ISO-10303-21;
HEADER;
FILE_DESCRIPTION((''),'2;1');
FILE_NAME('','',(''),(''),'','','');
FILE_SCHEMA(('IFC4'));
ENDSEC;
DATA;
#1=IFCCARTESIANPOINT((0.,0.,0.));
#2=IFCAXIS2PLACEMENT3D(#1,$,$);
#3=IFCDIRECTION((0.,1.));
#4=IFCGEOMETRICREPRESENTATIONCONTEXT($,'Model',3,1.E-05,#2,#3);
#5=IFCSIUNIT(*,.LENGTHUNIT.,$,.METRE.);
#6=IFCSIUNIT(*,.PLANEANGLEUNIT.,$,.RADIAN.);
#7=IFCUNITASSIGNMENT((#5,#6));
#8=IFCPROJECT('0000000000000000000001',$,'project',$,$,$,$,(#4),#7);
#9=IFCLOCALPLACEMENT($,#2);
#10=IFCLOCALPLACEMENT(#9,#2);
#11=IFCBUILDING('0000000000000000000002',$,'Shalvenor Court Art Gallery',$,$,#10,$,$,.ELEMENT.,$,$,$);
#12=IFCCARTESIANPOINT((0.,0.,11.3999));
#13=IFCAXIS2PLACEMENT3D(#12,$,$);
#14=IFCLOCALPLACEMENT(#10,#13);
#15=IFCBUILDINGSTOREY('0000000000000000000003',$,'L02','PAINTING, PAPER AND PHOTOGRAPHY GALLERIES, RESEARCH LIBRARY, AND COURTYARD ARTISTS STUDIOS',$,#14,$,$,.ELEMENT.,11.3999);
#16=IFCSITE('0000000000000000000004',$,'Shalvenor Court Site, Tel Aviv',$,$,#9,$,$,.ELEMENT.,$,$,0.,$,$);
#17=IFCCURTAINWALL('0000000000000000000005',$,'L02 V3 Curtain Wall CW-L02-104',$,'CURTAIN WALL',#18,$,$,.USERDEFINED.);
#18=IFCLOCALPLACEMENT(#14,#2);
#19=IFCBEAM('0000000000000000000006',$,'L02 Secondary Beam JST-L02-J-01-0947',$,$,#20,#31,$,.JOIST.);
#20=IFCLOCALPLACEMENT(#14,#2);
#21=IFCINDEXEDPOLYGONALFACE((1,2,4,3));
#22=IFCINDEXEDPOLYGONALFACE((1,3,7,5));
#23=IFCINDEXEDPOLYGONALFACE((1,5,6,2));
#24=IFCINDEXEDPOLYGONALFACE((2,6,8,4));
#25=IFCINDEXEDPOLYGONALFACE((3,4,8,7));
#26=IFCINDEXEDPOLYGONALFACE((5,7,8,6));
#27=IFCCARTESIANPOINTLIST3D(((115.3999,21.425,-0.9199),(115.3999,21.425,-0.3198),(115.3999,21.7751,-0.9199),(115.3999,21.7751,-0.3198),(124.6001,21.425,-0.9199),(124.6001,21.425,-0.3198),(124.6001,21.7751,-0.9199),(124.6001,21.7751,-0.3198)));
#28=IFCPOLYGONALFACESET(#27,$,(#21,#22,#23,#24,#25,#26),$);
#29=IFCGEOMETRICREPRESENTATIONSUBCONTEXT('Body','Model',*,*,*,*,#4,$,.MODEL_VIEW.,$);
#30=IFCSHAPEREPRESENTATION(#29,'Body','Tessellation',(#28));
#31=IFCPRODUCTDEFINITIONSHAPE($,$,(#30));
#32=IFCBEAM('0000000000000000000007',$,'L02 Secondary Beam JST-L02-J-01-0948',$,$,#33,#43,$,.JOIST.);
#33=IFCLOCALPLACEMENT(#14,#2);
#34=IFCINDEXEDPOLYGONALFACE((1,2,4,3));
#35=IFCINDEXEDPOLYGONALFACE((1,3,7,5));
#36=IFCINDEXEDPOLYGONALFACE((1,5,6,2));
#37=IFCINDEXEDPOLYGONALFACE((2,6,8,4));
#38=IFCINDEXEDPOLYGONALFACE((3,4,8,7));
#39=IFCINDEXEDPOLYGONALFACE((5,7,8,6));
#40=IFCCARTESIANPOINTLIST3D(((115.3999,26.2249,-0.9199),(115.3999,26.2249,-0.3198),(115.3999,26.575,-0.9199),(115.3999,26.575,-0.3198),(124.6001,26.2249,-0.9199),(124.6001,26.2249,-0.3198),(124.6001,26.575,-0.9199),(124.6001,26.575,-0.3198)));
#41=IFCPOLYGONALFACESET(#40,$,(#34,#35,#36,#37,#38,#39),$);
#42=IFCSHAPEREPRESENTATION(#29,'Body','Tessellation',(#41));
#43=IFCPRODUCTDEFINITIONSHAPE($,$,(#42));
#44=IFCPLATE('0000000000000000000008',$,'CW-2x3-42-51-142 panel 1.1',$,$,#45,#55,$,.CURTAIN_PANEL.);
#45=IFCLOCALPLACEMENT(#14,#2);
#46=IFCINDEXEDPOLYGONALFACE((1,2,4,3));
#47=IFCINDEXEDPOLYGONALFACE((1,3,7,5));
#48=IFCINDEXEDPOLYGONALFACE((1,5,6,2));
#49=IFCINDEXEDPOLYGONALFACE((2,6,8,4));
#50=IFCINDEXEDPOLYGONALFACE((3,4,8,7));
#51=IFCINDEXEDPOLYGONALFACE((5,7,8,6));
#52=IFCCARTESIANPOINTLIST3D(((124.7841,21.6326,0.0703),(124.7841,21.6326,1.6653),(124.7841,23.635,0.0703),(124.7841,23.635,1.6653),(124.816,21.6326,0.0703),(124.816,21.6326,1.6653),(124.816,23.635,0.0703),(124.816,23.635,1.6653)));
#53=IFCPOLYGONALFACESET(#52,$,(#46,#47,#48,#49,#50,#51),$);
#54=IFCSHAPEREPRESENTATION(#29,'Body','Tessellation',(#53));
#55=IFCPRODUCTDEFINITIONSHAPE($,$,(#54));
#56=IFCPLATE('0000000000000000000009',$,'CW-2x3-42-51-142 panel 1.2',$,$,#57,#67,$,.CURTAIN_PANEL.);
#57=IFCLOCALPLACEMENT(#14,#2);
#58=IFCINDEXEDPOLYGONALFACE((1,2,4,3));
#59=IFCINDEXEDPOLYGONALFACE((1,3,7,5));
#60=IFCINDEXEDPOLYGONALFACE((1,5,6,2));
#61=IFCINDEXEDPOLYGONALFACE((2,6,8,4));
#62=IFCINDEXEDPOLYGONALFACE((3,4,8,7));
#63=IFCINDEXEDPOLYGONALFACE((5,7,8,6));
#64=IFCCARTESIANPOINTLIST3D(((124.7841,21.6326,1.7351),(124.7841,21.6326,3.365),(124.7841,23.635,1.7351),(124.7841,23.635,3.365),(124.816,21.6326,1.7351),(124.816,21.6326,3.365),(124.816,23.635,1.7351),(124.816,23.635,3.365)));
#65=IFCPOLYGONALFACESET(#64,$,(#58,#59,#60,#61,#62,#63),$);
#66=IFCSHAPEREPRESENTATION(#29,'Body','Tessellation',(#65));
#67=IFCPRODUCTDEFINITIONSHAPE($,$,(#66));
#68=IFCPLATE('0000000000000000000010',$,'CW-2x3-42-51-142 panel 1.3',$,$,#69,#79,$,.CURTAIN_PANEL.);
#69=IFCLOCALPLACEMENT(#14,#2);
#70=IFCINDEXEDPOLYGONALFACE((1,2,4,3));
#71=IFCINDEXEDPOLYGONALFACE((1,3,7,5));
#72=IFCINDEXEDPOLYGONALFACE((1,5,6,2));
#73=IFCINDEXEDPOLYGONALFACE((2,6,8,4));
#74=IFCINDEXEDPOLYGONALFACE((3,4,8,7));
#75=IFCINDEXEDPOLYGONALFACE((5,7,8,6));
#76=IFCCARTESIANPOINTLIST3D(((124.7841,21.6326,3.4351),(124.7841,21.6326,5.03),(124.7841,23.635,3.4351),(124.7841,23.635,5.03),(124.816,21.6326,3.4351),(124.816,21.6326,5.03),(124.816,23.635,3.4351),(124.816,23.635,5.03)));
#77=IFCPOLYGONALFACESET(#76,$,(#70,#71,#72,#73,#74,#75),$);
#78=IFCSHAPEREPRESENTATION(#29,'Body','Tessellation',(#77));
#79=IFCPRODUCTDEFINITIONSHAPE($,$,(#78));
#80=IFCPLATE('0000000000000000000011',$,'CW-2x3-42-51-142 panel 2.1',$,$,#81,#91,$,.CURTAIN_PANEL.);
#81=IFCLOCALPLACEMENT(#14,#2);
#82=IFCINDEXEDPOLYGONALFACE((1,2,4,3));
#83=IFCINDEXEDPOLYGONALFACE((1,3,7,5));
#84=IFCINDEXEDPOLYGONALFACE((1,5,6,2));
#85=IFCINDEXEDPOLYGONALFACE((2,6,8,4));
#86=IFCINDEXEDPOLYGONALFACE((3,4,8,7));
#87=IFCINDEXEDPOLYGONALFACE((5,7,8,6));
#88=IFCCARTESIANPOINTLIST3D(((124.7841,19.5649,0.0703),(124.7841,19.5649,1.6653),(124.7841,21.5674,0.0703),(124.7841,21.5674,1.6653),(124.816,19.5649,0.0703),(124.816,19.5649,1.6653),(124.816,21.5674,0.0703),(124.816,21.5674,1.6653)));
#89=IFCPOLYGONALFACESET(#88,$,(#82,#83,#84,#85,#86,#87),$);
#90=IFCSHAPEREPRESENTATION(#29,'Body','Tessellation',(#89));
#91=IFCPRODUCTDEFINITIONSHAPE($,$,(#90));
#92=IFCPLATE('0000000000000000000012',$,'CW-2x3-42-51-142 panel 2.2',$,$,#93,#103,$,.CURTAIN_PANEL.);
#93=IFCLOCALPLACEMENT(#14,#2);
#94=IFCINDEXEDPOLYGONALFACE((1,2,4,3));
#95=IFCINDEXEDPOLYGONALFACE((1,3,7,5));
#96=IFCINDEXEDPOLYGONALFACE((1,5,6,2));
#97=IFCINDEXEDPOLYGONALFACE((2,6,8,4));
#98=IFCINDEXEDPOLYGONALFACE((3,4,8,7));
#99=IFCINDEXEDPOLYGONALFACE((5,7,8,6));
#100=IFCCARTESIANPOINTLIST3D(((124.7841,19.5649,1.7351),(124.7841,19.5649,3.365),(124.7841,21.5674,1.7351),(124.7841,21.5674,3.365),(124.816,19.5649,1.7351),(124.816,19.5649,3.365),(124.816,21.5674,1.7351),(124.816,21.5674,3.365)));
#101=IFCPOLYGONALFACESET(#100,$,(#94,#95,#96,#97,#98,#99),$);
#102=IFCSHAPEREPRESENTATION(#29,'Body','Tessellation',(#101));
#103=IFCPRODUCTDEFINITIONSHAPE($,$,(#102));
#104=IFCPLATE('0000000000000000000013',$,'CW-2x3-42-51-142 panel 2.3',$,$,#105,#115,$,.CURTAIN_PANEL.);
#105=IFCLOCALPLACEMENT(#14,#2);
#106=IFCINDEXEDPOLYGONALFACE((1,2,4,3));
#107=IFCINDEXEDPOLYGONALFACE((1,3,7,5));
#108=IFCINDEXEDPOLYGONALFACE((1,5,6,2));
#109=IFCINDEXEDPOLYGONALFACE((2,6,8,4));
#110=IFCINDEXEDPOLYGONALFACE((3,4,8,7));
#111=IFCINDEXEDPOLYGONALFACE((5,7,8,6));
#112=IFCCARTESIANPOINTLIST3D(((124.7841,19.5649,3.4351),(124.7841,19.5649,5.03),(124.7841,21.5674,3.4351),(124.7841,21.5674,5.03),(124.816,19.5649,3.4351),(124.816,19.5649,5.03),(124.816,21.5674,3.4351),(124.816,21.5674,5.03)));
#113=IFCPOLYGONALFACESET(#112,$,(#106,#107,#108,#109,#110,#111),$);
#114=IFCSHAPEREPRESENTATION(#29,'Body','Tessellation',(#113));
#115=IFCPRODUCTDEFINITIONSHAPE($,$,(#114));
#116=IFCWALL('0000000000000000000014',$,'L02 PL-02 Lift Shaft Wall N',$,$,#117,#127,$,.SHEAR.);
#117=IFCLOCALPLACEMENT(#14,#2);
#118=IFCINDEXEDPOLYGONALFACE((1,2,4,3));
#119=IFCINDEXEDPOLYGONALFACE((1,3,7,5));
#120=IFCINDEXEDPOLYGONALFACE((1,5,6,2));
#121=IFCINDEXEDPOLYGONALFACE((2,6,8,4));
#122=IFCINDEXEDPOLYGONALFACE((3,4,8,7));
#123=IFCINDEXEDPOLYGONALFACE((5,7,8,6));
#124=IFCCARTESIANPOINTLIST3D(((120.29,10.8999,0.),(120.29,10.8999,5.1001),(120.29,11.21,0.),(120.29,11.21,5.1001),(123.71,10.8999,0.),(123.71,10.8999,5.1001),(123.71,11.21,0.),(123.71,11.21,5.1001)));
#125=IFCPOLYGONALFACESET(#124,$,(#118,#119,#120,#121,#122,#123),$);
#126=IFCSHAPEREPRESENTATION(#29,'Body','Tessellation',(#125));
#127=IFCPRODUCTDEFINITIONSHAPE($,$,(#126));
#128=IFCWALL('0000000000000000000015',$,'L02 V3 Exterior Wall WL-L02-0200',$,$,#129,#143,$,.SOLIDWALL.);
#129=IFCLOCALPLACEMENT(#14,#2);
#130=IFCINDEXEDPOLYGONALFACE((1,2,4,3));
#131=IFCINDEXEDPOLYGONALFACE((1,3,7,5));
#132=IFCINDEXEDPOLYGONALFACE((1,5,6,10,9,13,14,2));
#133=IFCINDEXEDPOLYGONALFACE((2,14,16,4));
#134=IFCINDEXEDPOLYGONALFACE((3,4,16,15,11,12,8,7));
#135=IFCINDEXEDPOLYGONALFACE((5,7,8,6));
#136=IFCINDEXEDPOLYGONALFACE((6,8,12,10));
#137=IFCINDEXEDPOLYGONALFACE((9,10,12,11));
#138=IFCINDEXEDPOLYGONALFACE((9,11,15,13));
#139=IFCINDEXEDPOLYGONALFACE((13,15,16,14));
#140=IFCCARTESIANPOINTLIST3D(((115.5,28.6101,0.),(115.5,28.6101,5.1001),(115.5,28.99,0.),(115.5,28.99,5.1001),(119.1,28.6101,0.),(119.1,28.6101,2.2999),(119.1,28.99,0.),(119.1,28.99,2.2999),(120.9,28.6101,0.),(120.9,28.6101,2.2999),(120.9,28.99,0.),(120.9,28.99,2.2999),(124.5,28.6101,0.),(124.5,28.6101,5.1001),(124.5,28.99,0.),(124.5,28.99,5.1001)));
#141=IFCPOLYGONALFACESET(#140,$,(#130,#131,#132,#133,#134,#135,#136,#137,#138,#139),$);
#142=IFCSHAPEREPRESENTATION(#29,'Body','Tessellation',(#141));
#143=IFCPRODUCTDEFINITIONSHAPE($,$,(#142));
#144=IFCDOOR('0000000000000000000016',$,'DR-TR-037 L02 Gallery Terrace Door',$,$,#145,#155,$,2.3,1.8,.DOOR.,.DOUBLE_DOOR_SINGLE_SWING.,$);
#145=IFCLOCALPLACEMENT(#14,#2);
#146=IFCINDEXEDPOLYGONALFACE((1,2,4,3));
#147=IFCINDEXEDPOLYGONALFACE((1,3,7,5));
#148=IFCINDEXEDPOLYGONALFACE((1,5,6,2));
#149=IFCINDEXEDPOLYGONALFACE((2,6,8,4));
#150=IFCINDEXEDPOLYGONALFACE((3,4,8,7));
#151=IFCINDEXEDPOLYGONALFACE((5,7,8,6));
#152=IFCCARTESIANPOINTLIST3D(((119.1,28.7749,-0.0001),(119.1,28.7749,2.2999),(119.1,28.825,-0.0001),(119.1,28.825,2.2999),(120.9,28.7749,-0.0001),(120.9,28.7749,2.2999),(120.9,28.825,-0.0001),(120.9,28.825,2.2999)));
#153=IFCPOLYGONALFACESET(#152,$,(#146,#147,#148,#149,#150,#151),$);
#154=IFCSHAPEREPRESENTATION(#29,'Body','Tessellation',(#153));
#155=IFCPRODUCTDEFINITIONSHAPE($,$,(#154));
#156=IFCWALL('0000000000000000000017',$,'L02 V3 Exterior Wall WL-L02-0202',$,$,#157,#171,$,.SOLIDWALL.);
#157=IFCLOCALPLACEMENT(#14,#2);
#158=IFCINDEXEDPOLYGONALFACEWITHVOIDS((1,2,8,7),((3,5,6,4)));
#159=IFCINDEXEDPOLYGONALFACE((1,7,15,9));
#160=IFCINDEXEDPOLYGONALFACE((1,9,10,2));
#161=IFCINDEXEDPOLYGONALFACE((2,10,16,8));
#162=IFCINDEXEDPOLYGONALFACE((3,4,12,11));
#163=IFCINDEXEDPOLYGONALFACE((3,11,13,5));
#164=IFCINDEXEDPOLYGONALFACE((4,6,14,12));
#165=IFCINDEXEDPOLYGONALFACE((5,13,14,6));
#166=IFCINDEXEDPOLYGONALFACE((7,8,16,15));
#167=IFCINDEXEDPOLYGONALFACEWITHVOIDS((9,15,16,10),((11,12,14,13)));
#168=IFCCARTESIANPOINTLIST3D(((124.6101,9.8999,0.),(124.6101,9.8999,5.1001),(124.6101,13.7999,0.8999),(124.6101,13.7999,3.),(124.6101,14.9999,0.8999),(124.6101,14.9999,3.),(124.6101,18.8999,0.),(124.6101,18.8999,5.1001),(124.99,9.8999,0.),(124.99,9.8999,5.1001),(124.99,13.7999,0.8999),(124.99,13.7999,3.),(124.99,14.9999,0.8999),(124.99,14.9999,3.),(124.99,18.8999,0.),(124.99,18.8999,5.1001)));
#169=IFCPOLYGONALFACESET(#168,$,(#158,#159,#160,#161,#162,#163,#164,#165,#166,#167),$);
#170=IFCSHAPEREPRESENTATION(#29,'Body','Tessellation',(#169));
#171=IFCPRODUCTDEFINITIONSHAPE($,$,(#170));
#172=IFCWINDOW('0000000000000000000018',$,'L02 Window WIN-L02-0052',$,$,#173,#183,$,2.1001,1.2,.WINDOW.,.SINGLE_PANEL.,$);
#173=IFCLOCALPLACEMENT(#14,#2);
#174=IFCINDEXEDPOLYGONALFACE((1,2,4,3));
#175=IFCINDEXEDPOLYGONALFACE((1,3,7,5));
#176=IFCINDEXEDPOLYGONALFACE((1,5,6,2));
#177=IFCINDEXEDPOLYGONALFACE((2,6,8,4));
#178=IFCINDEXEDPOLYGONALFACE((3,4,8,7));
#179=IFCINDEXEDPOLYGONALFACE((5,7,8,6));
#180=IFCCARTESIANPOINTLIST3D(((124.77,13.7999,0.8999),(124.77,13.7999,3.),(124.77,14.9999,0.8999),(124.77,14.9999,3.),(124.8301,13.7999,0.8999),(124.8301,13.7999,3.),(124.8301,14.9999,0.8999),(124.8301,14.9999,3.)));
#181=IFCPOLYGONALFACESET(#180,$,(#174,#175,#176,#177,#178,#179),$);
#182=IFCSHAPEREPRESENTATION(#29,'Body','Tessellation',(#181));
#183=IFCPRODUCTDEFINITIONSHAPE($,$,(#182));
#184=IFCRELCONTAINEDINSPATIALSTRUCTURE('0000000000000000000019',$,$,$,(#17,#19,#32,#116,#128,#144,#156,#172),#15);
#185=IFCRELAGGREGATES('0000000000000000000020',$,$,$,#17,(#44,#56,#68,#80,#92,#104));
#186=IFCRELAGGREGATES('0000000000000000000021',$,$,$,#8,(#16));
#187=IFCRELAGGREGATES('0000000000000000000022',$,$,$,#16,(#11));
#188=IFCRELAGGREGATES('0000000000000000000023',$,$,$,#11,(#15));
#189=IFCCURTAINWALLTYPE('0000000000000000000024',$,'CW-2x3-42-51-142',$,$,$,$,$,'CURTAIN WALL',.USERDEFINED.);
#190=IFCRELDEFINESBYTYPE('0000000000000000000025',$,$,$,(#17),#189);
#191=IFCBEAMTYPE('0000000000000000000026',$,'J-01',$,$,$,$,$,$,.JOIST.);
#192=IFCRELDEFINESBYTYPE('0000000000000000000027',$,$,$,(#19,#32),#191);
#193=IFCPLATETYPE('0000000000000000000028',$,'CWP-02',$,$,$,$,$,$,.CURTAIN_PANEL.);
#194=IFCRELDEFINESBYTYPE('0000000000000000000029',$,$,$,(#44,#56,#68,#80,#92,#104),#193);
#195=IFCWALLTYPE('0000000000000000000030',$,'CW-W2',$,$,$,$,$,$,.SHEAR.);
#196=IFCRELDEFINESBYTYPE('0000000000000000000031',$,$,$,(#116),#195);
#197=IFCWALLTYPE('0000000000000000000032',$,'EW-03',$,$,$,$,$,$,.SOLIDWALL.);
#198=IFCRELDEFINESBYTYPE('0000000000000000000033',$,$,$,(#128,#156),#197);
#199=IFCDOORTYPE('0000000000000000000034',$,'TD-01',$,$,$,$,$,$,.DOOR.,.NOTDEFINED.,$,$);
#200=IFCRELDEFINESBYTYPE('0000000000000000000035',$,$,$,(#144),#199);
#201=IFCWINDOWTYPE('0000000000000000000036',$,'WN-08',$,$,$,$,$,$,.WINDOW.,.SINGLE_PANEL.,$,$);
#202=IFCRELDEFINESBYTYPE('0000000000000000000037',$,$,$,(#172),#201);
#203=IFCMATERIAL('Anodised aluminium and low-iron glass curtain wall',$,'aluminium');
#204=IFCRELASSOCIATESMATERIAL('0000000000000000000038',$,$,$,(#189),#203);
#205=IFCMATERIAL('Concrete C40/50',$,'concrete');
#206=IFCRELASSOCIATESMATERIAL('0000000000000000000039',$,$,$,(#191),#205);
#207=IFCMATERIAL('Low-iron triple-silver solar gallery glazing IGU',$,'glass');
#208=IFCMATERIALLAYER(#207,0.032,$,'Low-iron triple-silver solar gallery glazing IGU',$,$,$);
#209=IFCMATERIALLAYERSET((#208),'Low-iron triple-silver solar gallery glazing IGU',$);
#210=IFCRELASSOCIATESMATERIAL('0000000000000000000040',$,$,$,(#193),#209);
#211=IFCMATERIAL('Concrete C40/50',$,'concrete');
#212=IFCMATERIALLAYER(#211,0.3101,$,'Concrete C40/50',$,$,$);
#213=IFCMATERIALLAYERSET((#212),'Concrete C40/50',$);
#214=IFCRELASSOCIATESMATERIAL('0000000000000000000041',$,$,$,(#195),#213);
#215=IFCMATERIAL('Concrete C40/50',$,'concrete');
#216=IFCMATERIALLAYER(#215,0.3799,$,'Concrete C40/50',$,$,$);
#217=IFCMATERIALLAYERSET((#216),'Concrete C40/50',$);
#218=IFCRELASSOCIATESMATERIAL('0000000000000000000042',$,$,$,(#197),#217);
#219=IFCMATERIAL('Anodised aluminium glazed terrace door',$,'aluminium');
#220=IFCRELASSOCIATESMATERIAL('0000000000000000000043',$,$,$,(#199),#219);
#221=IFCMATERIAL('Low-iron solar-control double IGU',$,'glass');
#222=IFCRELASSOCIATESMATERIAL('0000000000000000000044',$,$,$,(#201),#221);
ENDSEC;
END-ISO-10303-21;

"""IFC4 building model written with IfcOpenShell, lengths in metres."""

from ifc_helpers import new_model, si_unit, direction, frame, frame_2d, origin, origin_2d, place, context, subcontext, project, spatial, rectangle, extrude, material, layer, layer_set, material_profile, profile_set, type_object, element, fill, aggregate, save


model = new_model("IFC4")

# Units and contexts
model_context = context("Model", 3, precision=1e-05, world=origin(), true_north=direction((0.0, 1.0)))
body_context = subcontext(model_context, "Body", "Model", "MODEL_VIEW")
ifc_project = project(units=[si_unit("LENGTHUNIT", "METRE"), si_unit("PLANEANGLEUNIT", "RADIAN")], contexts=[model_context])

# Site, building, storey
site_placement = place(None, origin())
site = spatial("IfcSite", under=ifc_project, at=site_placement, Name="Shalvenor Court Site, Tel Aviv", CompositionType="ELEMENT", RefElevation=0.0)
building_placement = place(site_placement, origin())
building = spatial("IfcBuilding", under=site, at=building_placement, Name="Shalvenor Court Art Gallery", CompositionType="ELEMENT")
storey_placement = place(building_placement, frame((0.0, 0.0, 11.3999)))
storey = spatial("IfcBuildingStorey", under=building, at=storey_placement, Name="L02", Description="PAINTING, PAPER AND PHOTOGRAPHY GALLERIES, RESEARCH LIBRARY, AND COURTYARD ARTISTS STUDIOS", CompositionType="ELEMENT", Elevation=11.3999)

# Curtain wall
ifc_material_1 = material(Name="Anodised aluminium and low-iron glass curtain wall", Category="aluminium")
curtain_wall_type = type_object("IfcCurtainWallType", Name="CW-2x3-42-51-142", ElementType="CURTAIN WALL", PredefinedType="USERDEFINED", material=ifc_material_1)
curtain_wall_placement = place(storey_placement, origin())
curtain_wall = element("IfcCurtainWall", 1, at=curtain_wall_placement, inside=storey, type_object=curtain_wall_type, Name="L02 V3 Curtain Wall CW-L02-104", ObjectType="CURTAIN WALL", PredefinedType="USERDEFINED")

# Beams
ifc_material_2 = material(Name="Concrete C40/50", Category="concrete")
ifc_material_profile_1 = material_profile(ifc_material_2, rectangle(XDim=0.3501, YDim=0.6001, at=origin_2d()), Name="RC 350x600")
ifc_profile_set_1 = profile_set([ifc_material_profile_1], Name="Concrete C40/50")
beam_type_1 = type_object("IfcBeamType", Name="J-01", PredefinedType="JOIST", material=ifc_profile_set_1)
for number, where, z_axis, x_axis, name in (
    (2, (115.3999, 21.6001, -0.6199), (1.0, 0.0, 0.0), (0.0, 1.0, 0.0), "L02 Secondary Beam JST-L02-J-01-0947"),
    (3, (115.3999, 26.3999, -0.6199), (1.0, 0.0, 0.0), (0.0, 1.0, 0.0), "L02 Secondary Beam JST-L02-J-01-0948"),
):
    element("IfcBeam", number, at=place(storey_placement, frame(where, z_axis=z_axis, x_axis=x_axis)), inside=storey, type_object=beam_type_1, Name=name, PredefinedType="JOIST", context=body_context, shape_type="SweptSolid", body=[
        extrude(rectangle(XDim=0.3501, YDim=0.6001, at=origin_2d()), origin(), (0.0, 0.0, 1.0), 9.2002),
    ])

# Plates
ifc_material_3 = material(Name="Low-iron triple-silver solar gallery glazing IGU", Category="glass")
ifc_layer_1 = layer(ifc_material_3, 0.032, Name="Low-iron triple-silver solar gallery glazing IGU")
ifc_layer_set_1 = layer_set([ifc_layer_1], Name="Low-iron triple-silver solar gallery glazing IGU")
plate_type = type_object("IfcPlateType", Name="CWP-02", PredefinedType="CURTAIN_PANEL", material=ifc_layer_set_1)
plate_1_placement = place(storey_placement, frame((124.8, 22.6338, 0.0703), z_axis=(0.0, 0.0, 1.0), x_axis=(0.0, -1.0, 0.0)))
plate_1 = element("IfcPlate", 4, at=plate_1_placement, type_object=plate_type, Name="CW-2x3-42-51-142 panel 1.1", PredefinedType="CURTAIN_PANEL", context=body_context, shape_type="SweptSolid", body=[
    extrude(rectangle(XDim=2.0024, YDim=0.032, at=origin_2d()), origin(), (0.0, 0.0, 1.0), 1.595),
])
plate_2_placement = place(storey_placement, frame((124.8, 22.6338, 1.7351), z_axis=(0.0, 0.0, 1.0), x_axis=(0.0, -1.0, 0.0)))
plate_2 = element("IfcPlate", 5, at=plate_2_placement, type_object=plate_type, Name="CW-2x3-42-51-142 panel 1.2", PredefinedType="CURTAIN_PANEL", context=body_context, shape_type="SweptSolid", body=[
    extrude(rectangle(XDim=2.0024, YDim=0.032, at=origin_2d()), origin(), (0.0, 0.0, 1.0), 1.6299),
])
plate_3_placement = place(storey_placement, frame((124.8, 22.6338, 3.4351), z_axis=(0.0, 0.0, 1.0), x_axis=(0.0, -1.0, 0.0)))
plate_3 = element("IfcPlate", 6, at=plate_3_placement, type_object=plate_type, Name="CW-2x3-42-51-142 panel 1.3", PredefinedType="CURTAIN_PANEL", context=body_context, shape_type="SweptSolid", body=[
    extrude(rectangle(XDim=2.0024, YDim=0.032, at=origin_2d()), origin(), (0.0, 0.0, 1.0), 1.595),
])
plate_4_placement = place(storey_placement, frame((124.8, 20.5662, 0.0703), z_axis=(0.0, 0.0, 1.0), x_axis=(0.0, -1.0, 0.0)))
plate_4 = element("IfcPlate", 7, at=plate_4_placement, type_object=plate_type, Name="CW-2x3-42-51-142 panel 2.1", PredefinedType="CURTAIN_PANEL", context=body_context, shape_type="SweptSolid", body=[
    extrude(rectangle(XDim=2.0024, YDim=0.032, at=origin_2d()), origin(), (0.0, 0.0, 1.0), 1.595),
])
plate_5_placement = place(storey_placement, frame((124.8, 20.5662, 1.7351), z_axis=(0.0, 0.0, 1.0), x_axis=(0.0, -1.0, 0.0)))
plate_5 = element("IfcPlate", 8, at=plate_5_placement, type_object=plate_type, Name="CW-2x3-42-51-142 panel 2.2", PredefinedType="CURTAIN_PANEL", context=body_context, shape_type="SweptSolid", body=[
    extrude(rectangle(XDim=2.0024, YDim=0.032, at=origin_2d()), origin(), (0.0, 0.0, 1.0), 1.6299),
])
plate_6_placement = place(storey_placement, frame((124.8, 20.5662, 3.4351), z_axis=(0.0, 0.0, 1.0), x_axis=(0.0, -1.0, 0.0)))
plate_6 = element("IfcPlate", 9, at=plate_6_placement, type_object=plate_type, Name="CW-2x3-42-51-142 panel 2.3", PredefinedType="CURTAIN_PANEL", context=body_context, shape_type="SweptSolid", body=[
    extrude(rectangle(XDim=2.0024, YDim=0.032, at=origin_2d()), origin(), (0.0, 0.0, 1.0), 1.595),
])
aggregate(curtain_wall, [plate_1, plate_2, plate_3, plate_4, plate_5, plate_6])

# Wall
ifc_material_4 = material(Name="Concrete C40/50", Category="concrete")
ifc_layer_2 = layer(ifc_material_4, 0.3101, Name="Concrete C40/50")
ifc_layer_set_2 = layer_set([ifc_layer_2], Name="Concrete C40/50")
wall_type_1 = type_object("IfcWallType", Name="CW-W2", PredefinedType="SHEAR", material=ifc_layer_set_2)
wall_1_placement = place(storey_placement, frame((120.29, 11.0549, 0.0), z_axis=(0.0, 0.0, 1.0), x_axis=(1.0, 0.0, 0.0)))
element("IfcWall", 10, at=wall_1_placement, inside=storey, type_object=wall_type_1, Name="L02 PL-02 Lift Shaft Wall N", PredefinedType="SHEAR", context=body_context, shape_type="SweptSolid", body=[
    extrude(rectangle(XDim=3.4199, YDim=0.3101, at=frame_2d((1.71, 0.0))), origin(), (0.0, 0.0, 1.0), 5.1001),
])

# Wall, opening, door
ifc_material_5 = material(Name="Concrete C40/50", Category="concrete")
ifc_layer_3 = layer(ifc_material_5, 0.3799, Name="Concrete C40/50")
ifc_layer_set_3 = layer_set([ifc_layer_3], Name="Concrete C40/50")
wall_type_2 = type_object("IfcWallType", Name="EW-03", PredefinedType="SOLIDWALL", material=ifc_layer_set_3)
wall_2_placement = place(storey_placement, frame((115.5, 28.8, 0.0), z_axis=(0.0, 0.0, 1.0), x_axis=(1.0, 0.0, 0.0)))
wall_2 = element("IfcWall", 11, at=wall_2_placement, inside=storey, type_object=wall_type_2, Name="L02 V3 Exterior Wall WL-L02-0200", PredefinedType="SOLIDWALL", context=body_context, shape_type="SweptSolid", body=[
    extrude(rectangle(XDim=9.0, YDim=0.3799, at=frame_2d((4.5, 0.0))), origin(), (0.0, 0.0, 1.0), 5.1001),
])
opening_1_placement = place(wall_2_placement, frame((3.6001, 0.0, 0.0)))
opening_1 = element("IfcOpeningElement", 12, at=opening_1_placement, cuts=wall_2, PredefinedType="OPENING", context=body_context, shape_type="SweptSolid", body=[
    extrude(rectangle(XDim=1.8, YDim=2.3, at=frame_2d((0.8999, 1.1499))), frame((0.0, 0.2, 0.0), z_axis=(0.0, -1.0, 0.0), x_axis=(1.0, 0.0, 0.0)), (0.0, 0.0, 1.0), 0.3999),
])
ifc_material_6 = material(Name="Anodised aluminium glazed terrace door", Category="aluminium")
door_type = type_object("IfcDoorType", Name="TD-01", OperationType="NOTDEFINED", PredefinedType="DOOR", material=ifc_material_6)
door_placement = place(opening_1_placement, origin())
door = element("IfcDoor", 13, at=door_placement, inside=storey, type_object=door_type, Name="DR-TR-037 L02 Gallery Terrace Door", OperationType="DOUBLE_DOOR_SINGLE_SWING", OverallHeight=2.3, OverallWidth=1.8, PredefinedType="DOOR", context=body_context, shape_type="SweptSolid", body=[
    extrude(rectangle(XDim=1.8, YDim=2.3, at=frame_2d((0.8999, 1.1499))), frame((0.0, 0.0249, 0.0), z_axis=(0.0, -1.0, 0.0), x_axis=(1.0, 0.0, 0.0)), (0.0, 0.0, 1.0), 0.05),
])
fill(opening_1, door)

# Wall, opening, window
wall_3_placement = place(storey_placement, frame((124.8, 18.8999, 0.0), z_axis=(0.0, 0.0, 1.0), x_axis=(0.0, -1.0, 0.0)))
wall_3 = element("IfcWall", 14, at=wall_3_placement, inside=storey, type_object=wall_type_2, Name="L02 V3 Exterior Wall WL-L02-0202", PredefinedType="SOLIDWALL", context=body_context, shape_type="SweptSolid", body=[
    extrude(rectangle(XDim=9.0, YDim=0.3799, at=frame_2d((4.5, 0.0))), origin(), (0.0, 0.0, 1.0), 5.1001),
])
opening_2_placement = place(wall_3_placement, frame((3.8999, 0.0, 0.8999)))
opening_2 = element("IfcOpeningElement", 15, at=opening_2_placement, cuts=wall_3, PredefinedType="OPENING", context=body_context, shape_type="SweptSolid", body=[
    extrude(rectangle(XDim=1.2, YDim=2.1001, at=frame_2d((0.6001, 1.05))), frame((0.0, 0.2, 0.0), z_axis=(0.0, -1.0, 0.0), x_axis=(1.0, 0.0, 0.0)), (0.0, 0.0, 1.0), 0.3999),
])
ifc_material_7 = material(Name="Low-iron solar-control double IGU", Category="glass")
window_type = type_object("IfcWindowType", Name="WN-08", PartitioningType="SINGLE_PANEL", PredefinedType="WINDOW", material=ifc_material_7)
window_placement = place(opening_2_placement, origin())
window = element("IfcWindow", 16, at=window_placement, inside=storey, type_object=window_type, Name="L02 Window WIN-L02-0052", OverallHeight=2.1001, OverallWidth=1.2, PartitioningType="SINGLE_PANEL", PredefinedType="WINDOW", context=body_context, shape_type="SweptSolid", body=[
    extrude(rectangle(XDim=1.2, YDim=2.1001, at=frame_2d((0.6001, 1.05))), frame((0.0, 0.03, 0.0), z_axis=(0.0, -1.0, 0.0), x_axis=(1.0, 0.0, 0.0)), (0.0, 0.0, 1.0), 0.0601),
])
fill(opening_2, window)

save(model, "model.ifc")
